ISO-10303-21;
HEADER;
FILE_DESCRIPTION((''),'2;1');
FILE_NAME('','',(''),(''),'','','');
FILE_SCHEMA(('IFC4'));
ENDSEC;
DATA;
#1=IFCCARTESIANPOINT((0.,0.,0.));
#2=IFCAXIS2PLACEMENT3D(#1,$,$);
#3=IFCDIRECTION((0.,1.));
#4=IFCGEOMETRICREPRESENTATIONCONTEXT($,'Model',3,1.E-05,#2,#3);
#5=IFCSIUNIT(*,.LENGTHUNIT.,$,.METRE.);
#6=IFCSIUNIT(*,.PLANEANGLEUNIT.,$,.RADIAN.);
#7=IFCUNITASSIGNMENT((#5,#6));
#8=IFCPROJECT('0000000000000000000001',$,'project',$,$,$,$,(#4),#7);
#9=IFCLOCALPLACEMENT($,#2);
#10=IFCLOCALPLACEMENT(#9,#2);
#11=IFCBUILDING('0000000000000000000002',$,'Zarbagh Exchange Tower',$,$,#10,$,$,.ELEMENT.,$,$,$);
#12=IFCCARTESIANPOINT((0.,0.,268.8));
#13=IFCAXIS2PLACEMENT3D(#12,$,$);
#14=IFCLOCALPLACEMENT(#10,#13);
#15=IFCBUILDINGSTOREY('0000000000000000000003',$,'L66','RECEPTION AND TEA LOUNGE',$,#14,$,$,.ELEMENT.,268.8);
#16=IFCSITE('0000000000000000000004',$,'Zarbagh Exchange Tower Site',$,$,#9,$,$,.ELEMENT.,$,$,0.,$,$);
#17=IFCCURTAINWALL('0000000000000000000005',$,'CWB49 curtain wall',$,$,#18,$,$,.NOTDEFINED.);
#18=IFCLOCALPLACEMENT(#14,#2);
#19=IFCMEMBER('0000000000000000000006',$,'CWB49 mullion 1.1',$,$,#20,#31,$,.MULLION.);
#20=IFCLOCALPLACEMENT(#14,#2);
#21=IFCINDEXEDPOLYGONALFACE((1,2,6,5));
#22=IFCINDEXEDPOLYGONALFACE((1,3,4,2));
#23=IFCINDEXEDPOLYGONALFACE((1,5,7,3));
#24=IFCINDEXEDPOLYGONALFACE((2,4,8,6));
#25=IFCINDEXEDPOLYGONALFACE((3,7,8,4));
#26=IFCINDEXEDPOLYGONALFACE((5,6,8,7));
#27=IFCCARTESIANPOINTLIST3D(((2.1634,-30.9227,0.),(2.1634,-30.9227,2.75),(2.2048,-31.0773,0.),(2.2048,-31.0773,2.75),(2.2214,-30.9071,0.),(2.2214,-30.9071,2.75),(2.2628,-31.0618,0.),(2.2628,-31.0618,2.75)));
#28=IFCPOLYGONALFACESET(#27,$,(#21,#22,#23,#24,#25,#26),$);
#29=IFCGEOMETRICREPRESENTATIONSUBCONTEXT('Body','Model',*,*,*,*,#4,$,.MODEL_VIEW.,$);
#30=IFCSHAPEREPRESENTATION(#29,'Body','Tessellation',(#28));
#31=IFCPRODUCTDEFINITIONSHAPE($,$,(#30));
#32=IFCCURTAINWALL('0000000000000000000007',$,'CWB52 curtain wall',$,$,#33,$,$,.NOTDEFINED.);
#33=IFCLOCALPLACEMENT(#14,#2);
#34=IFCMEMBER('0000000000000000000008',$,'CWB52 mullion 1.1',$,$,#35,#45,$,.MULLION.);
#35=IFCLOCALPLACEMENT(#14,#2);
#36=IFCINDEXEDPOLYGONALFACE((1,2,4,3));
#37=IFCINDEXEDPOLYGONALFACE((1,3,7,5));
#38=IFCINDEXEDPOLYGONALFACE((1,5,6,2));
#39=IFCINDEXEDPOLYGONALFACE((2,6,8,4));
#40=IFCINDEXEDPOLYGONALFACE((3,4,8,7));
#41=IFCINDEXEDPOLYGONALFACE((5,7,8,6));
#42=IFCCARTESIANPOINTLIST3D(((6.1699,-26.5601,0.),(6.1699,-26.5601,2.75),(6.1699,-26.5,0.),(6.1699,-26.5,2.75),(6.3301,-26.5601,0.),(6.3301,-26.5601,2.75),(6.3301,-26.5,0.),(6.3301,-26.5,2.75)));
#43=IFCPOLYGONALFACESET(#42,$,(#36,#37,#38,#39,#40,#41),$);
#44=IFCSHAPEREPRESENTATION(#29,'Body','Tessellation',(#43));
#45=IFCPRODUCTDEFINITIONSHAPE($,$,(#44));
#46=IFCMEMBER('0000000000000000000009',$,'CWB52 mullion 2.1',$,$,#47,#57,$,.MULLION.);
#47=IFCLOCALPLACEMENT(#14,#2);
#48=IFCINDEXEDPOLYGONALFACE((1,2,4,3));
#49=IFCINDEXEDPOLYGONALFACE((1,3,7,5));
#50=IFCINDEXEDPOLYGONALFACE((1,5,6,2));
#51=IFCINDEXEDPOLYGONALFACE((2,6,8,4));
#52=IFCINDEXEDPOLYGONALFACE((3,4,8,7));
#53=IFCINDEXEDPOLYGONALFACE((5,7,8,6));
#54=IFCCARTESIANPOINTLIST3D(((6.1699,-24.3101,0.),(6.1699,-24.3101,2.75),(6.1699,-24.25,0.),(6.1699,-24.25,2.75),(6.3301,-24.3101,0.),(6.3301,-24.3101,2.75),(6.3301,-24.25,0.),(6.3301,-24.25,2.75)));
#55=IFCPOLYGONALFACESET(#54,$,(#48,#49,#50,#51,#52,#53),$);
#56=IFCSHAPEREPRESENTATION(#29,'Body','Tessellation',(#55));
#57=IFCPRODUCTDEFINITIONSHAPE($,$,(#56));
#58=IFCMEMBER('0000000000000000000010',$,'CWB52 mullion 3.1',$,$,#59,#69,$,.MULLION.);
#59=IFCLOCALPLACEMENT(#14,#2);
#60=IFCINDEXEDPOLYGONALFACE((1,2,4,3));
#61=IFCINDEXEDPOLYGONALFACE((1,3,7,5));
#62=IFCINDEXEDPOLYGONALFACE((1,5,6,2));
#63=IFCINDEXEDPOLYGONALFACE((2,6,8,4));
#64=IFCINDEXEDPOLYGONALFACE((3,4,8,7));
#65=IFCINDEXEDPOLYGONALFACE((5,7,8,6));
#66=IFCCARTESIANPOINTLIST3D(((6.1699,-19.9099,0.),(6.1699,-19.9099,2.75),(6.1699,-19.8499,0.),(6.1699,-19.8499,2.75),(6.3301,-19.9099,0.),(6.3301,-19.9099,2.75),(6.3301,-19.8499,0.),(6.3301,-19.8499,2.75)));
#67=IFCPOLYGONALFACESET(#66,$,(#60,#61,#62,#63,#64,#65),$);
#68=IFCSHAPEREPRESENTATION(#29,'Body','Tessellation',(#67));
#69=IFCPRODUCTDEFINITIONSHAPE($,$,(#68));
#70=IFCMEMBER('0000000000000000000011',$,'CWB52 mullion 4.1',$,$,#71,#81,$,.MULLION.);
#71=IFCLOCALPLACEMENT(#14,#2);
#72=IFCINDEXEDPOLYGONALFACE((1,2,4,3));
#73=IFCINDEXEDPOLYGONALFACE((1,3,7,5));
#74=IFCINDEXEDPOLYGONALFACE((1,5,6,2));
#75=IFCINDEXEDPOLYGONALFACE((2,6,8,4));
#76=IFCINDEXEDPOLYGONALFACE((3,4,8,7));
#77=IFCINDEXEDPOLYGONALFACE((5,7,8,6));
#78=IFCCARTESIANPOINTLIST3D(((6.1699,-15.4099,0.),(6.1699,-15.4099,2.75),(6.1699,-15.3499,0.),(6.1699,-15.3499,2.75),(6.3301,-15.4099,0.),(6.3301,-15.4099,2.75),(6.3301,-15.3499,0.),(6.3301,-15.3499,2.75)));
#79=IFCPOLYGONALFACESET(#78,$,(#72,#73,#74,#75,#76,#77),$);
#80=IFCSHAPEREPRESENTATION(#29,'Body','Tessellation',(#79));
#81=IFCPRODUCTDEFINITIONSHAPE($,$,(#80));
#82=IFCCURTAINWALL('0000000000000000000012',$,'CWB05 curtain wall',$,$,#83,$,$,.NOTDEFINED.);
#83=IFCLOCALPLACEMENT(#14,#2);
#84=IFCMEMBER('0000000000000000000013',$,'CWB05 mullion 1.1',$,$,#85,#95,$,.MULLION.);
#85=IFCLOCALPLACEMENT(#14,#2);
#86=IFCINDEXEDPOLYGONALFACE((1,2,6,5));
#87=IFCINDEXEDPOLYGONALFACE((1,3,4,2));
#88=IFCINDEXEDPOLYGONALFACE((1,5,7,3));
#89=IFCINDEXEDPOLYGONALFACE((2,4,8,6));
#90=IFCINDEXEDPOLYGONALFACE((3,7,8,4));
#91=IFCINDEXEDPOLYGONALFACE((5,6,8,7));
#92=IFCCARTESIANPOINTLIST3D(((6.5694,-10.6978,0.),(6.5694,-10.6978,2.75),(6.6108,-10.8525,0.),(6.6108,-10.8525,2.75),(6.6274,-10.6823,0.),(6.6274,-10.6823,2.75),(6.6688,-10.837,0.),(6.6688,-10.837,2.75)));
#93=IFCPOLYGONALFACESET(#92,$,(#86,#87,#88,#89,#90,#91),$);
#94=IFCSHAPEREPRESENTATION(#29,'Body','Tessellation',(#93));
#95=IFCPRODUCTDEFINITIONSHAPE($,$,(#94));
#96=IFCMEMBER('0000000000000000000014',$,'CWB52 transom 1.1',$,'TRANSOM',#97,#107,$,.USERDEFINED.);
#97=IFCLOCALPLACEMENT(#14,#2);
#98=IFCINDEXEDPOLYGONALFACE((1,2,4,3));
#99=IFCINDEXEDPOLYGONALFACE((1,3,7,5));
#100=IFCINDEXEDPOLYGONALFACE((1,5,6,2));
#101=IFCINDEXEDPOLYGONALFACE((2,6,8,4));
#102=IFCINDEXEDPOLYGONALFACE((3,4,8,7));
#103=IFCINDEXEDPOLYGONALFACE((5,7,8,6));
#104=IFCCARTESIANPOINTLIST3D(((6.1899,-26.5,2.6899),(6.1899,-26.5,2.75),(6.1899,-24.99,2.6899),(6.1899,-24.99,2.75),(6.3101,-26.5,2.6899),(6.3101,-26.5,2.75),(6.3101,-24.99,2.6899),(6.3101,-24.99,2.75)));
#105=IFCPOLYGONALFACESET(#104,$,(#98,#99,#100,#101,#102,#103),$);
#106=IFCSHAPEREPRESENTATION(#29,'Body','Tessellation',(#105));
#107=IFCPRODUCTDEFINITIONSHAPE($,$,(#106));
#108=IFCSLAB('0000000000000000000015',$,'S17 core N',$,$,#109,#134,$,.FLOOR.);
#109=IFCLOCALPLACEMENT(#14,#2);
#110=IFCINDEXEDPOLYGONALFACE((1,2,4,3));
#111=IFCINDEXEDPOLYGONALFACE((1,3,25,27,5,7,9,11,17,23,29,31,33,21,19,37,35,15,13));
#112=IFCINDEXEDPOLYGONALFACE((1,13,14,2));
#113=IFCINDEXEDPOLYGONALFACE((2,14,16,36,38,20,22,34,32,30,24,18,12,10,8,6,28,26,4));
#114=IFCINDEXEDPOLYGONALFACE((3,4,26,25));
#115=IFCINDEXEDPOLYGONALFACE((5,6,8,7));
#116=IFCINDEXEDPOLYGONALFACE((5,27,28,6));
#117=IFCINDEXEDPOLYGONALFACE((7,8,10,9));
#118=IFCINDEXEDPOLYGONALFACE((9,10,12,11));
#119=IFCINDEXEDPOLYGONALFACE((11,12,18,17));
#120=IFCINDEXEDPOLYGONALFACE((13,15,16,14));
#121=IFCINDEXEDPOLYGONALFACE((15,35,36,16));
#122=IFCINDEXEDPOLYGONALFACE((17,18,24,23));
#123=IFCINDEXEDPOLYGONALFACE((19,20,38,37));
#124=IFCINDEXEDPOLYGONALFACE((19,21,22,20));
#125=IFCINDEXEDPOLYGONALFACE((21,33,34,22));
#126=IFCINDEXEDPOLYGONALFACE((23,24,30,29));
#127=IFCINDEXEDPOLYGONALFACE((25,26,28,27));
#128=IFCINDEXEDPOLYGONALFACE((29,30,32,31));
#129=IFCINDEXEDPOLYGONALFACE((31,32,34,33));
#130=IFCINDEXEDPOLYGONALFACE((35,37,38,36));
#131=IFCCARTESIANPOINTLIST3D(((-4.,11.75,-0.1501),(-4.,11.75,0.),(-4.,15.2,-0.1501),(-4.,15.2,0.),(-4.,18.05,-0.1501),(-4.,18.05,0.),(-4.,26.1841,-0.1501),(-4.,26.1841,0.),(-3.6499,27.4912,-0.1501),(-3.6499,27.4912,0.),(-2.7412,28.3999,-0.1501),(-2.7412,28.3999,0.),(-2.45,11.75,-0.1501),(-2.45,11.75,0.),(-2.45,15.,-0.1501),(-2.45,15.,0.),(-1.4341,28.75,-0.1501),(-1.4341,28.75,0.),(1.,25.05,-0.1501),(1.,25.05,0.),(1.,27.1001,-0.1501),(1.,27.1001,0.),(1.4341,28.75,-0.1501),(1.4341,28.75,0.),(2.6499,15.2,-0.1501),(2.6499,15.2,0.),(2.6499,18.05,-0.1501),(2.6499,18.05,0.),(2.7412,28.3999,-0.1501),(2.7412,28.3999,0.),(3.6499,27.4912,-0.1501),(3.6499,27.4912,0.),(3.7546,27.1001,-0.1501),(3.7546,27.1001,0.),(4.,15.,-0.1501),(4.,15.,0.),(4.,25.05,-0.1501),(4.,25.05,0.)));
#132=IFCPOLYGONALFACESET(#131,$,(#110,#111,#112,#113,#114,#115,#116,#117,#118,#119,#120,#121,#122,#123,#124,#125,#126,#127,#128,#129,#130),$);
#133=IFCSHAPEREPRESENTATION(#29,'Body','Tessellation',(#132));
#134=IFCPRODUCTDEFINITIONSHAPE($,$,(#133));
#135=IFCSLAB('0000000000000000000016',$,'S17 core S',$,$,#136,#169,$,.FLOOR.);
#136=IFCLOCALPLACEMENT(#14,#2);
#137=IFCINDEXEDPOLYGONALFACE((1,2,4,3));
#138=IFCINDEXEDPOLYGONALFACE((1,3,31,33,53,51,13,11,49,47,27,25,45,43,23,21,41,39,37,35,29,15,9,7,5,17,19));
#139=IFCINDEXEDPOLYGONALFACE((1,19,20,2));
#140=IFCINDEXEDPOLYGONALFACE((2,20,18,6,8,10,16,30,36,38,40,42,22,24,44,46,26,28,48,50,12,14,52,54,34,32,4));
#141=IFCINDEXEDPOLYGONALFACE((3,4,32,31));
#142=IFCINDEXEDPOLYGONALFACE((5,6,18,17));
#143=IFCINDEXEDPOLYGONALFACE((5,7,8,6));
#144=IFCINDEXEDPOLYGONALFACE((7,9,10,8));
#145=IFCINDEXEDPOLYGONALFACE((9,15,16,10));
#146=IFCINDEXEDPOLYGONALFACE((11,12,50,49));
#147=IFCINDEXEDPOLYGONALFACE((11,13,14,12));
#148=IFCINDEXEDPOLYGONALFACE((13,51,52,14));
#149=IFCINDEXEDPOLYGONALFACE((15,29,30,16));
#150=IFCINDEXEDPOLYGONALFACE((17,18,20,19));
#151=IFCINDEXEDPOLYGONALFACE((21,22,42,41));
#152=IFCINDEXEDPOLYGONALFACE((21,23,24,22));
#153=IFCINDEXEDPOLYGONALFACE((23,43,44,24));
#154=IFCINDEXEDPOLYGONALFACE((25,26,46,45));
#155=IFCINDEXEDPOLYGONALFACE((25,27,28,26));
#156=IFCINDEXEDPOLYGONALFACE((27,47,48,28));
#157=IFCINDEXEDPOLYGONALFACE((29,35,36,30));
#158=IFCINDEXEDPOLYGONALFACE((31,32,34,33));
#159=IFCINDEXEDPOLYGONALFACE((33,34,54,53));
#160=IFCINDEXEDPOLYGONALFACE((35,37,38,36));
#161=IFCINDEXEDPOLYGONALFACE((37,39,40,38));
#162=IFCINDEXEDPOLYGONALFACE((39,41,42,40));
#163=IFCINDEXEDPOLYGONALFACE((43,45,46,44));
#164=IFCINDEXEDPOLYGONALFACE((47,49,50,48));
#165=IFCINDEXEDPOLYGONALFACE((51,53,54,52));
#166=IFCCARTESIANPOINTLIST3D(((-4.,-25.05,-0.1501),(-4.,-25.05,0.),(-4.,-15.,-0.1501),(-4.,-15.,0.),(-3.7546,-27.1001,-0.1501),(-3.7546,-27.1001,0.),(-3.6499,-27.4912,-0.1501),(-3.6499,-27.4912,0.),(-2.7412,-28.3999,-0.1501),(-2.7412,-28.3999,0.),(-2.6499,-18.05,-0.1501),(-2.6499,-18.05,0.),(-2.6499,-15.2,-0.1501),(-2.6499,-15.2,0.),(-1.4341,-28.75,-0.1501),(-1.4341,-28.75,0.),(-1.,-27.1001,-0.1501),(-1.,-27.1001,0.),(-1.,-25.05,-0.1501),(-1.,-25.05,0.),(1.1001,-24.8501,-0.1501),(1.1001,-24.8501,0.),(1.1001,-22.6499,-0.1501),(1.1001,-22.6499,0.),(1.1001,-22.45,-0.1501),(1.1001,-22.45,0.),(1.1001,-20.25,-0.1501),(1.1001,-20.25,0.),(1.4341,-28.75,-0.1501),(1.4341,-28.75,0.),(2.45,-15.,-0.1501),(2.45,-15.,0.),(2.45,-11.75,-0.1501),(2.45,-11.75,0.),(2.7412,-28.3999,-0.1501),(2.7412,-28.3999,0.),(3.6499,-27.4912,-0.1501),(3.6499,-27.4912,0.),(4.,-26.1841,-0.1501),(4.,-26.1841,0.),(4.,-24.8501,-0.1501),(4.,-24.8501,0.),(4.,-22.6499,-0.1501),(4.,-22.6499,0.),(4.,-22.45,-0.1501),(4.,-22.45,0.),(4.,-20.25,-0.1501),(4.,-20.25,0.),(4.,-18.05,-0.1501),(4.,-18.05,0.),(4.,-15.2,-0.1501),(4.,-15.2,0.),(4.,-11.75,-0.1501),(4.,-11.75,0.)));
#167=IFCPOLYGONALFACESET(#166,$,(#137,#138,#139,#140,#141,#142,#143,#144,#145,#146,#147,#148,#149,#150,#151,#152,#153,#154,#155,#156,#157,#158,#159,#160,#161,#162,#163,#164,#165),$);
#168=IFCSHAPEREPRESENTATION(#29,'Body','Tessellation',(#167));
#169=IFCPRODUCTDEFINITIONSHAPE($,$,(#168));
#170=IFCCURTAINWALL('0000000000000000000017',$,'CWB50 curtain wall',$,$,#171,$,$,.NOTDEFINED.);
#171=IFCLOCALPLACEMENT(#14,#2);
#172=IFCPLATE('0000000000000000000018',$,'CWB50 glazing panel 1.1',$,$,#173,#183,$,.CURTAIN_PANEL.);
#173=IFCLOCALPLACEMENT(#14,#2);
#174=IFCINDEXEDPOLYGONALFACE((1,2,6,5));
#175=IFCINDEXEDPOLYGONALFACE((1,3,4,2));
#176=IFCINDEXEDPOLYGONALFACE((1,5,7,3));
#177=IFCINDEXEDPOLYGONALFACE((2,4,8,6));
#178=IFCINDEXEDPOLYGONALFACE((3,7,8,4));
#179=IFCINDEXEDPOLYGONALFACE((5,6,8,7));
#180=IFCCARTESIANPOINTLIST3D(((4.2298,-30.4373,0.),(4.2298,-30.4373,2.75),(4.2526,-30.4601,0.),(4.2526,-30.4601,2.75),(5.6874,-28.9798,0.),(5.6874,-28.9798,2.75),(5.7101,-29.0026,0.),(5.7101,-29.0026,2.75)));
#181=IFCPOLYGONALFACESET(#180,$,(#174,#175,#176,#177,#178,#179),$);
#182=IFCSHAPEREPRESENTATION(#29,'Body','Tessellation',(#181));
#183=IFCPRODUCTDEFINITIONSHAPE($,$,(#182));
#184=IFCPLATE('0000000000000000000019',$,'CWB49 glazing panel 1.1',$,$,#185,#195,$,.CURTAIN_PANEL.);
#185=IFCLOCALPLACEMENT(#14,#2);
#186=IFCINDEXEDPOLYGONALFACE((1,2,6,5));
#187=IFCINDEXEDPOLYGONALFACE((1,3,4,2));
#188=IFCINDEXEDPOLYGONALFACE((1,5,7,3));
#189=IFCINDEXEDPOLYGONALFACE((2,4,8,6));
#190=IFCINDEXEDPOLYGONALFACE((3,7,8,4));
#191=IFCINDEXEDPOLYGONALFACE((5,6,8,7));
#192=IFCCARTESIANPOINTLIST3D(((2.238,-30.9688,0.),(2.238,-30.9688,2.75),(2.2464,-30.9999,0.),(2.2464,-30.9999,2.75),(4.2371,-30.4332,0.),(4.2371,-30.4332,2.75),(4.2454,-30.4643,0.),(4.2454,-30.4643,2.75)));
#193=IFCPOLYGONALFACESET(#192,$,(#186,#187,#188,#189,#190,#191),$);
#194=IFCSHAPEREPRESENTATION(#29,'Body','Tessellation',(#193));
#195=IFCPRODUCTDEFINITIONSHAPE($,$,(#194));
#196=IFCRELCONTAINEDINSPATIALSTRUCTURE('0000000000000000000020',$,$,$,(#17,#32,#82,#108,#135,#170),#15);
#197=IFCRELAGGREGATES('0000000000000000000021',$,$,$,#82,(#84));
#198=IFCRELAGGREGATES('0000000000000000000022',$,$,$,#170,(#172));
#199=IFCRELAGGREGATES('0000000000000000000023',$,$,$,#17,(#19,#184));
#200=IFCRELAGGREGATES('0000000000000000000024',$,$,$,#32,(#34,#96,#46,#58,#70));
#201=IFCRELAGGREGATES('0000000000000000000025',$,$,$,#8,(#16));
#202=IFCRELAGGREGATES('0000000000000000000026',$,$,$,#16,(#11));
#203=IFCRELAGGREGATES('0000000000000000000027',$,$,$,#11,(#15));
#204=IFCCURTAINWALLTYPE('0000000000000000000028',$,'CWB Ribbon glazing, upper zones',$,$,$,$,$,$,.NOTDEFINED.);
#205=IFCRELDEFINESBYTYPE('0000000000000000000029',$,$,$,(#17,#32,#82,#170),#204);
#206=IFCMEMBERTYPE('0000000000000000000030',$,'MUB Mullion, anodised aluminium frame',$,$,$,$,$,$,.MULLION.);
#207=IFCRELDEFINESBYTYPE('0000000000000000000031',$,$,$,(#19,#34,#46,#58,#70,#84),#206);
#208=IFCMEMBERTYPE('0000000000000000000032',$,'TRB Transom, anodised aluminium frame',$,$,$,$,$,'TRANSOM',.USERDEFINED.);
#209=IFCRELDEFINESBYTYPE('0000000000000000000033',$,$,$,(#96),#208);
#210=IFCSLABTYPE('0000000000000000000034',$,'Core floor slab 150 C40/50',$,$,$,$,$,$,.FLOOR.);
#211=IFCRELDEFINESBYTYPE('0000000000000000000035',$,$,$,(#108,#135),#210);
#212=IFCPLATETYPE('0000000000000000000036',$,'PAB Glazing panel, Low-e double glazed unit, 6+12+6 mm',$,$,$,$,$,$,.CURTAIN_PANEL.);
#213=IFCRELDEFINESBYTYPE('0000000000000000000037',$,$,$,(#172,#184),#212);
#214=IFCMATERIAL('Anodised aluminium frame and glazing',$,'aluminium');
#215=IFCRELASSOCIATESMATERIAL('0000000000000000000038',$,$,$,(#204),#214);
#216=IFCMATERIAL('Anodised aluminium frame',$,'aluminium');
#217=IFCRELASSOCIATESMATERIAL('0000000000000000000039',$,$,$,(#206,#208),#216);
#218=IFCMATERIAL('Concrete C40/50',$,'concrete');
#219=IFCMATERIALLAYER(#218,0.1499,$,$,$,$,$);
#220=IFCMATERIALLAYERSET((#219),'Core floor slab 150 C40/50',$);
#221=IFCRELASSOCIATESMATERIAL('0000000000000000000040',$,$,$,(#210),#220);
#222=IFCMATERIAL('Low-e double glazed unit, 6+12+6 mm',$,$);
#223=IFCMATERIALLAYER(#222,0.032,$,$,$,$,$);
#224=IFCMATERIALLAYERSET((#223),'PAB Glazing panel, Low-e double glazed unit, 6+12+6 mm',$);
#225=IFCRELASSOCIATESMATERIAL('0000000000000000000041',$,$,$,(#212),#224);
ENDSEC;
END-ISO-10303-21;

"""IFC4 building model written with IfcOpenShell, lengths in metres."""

from ifc_helpers import new_model, si_unit, direction, frame, origin, place, context, subcontext, project, spatial, polyline, outline, extrude, source, transform, mapped, material, layer, layer_set, type_object, element, aggregate, save


model = new_model("IFC4")

# Units and contexts
model_context = context("Model", 3, precision=1e-05, world=origin(), true_north=direction((0.0, 1.0)))
body_context = subcontext(model_context, "Body", "Model", "MODEL_VIEW")
ifc_project = project(units=[si_unit("LENGTHUNIT", "METRE"), si_unit("PLANEANGLEUNIT", "RADIAN")], contexts=[model_context])

# Site, building, storey
site_placement = place(None, origin())
site = spatial("IfcSite", under=ifc_project, at=site_placement, Name="Zarbagh Exchange Tower Site", CompositionType="ELEMENT", RefElevation=0.0)
building_placement = place(site_placement, origin())
building = spatial("IfcBuilding", under=site, at=building_placement, Name="Zarbagh Exchange Tower", CompositionType="ELEMENT")
storey_placement = place(building_placement, frame((0.0, 0.0, 268.8)))
storey = spatial("IfcBuildingStorey", under=building, at=storey_placement, Name="L66", Description="RECEPTION AND TEA LOUNGE", CompositionType="ELEMENT", Elevation=268.8)

# Curtain wall, member
ifc_material_1 = material(Name="Anodised aluminium frame and glazing", Category="aluminium")
curtain_wall_type = type_object("IfcCurtainWallType", Name="CWB Ribbon glazing, upper zones", PredefinedType="NOTDEFINED", material=ifc_material_1)
curtain_wall_1_placement = place(storey_placement, origin())
curtain_wall_1 = element("IfcCurtainWall", 1, at=curtain_wall_1_placement, inside=storey, type_object=curtain_wall_type, Name="CWB49 curtain wall", PredefinedType="NOTDEFINED")
ifc_material_2 = material(Name="Anodised aluminium frame", Category="aluminium")
member_type_1 = type_object("IfcMemberType", Name="MUB Mullion, anodised aluminium frame", PredefinedType="MULLION", material=ifc_material_2)
shared_shape_1 = source(origin(), body_context, "Body", "SweptSolid", [
    extrude(outline(polyline([(0.0, -0.0801), (0.0601, -0.0801), (0.0601, 0.0801), (0.0, 0.0801), (0.0, -0.0801)])), origin(), (0.0, 0.0, 1.0), 2.75),
])
placement = place(storey_placement, origin())
member_1 = element("IfcMember", 2, at=placement, type_object=member_type_1, Name="CWB49 mullion 1.1", PredefinedType="MULLION", context=body_context, shape_type="MappedRepresentation", body=[
    mapped(shared_shape_1, transform((2.1841, -31.0, 0.0), x_axis=(0.965924, 0.258825, 0.0), y_axis=(-0.258825, 0.965924, 0.0), z_axis=(0.0, 0.0, 1.0))),
])

# Curtain wall, members
curtain_wall_2_placement = place(storey_placement, origin())
curtain_wall_2 = element("IfcCurtainWall", 3, at=curtain_wall_2_placement, inside=storey, type_object=curtain_wall_type, Name="CWB52 curtain wall", PredefinedType="NOTDEFINED")
member_2 = element("IfcMember", 4, at=placement, type_object=member_type_1, Name="CWB52 mullion 1.1", PredefinedType="MULLION", context=body_context, shape_type="MappedRepresentation", body=[
    mapped(shared_shape_1, transform((6.25, -26.5601, 0.0), x_axis=(0.0, 1.0, 0.0), y_axis=(-1.0, 0.0, 0.0), z_axis=(0.0, 0.0, 1.0))),
])
member_3 = element("IfcMember", 5, at=placement, type_object=member_type_1, Name="CWB52 mullion 2.1", PredefinedType="MULLION", context=body_context, shape_type="MappedRepresentation", body=[
    mapped(shared_shape_1, transform((6.25, -24.3101, 0.0), x_axis=(0.0, 1.0, 0.0), y_axis=(-1.0, 0.0, 0.0), z_axis=(0.0, 0.0, 1.0))),
])
member_4 = element("IfcMember", 6, at=placement, type_object=member_type_1, Name="CWB52 mullion 3.1", PredefinedType="MULLION", context=body_context, shape_type="MappedRepresentation", body=[
    mapped(shared_shape_1, transform((6.25, -19.9099, 0.0), x_axis=(0.0, 1.0, 0.0), y_axis=(-1.0, 0.0, 0.0), z_axis=(0.0, 0.0, 1.0))),
])
member_5 = element("IfcMember", 7, at=placement, type_object=member_type_1, Name="CWB52 mullion 4.1", PredefinedType="MULLION", context=body_context, shape_type="MappedRepresentation", body=[
    mapped(shared_shape_1, transform((6.25, -15.4099, 0.0), x_axis=(0.0, 1.0, 0.0), y_axis=(-1.0, 0.0, 0.0), z_axis=(0.0, 0.0, 1.0))),
])

# Curtain wall, member
curtain_wall_3_placement = place(storey_placement, origin())
curtain_wall_3 = element("IfcCurtainWall", 8, at=curtain_wall_3_placement, inside=storey, type_object=curtain_wall_type, Name="CWB05 curtain wall", PredefinedType="NOTDEFINED")
member_6 = element("IfcMember", 9, at=placement, type_object=member_type_1, Name="CWB05 mullion 1.1", PredefinedType="MULLION", context=body_context, shape_type="MappedRepresentation", body=[
    mapped(shared_shape_1, transform((6.5901, -10.7751, 0.0), x_axis=(0.965924, 0.258825, 0.0), y_axis=(-0.258825, 0.965924, 0.0), z_axis=(0.0, 0.0, 1.0))),
])
aggregate(curtain_wall_3, [member_6])

# Member
member_type_2 = type_object("IfcMemberType", Name="TRB Transom, anodised aluminium frame", ElementType="TRANSOM", PredefinedType="USERDEFINED", material=ifc_material_2)
shared_shape_2 = source(origin(), body_context, "Body", "SweptSolid", [
    extrude(outline(polyline([(-0.0601, -0.0601), (0.0, -0.0601), (0.0, 0.0601), (-0.0601, 0.0601), (-0.0601, -0.0601)])), origin(), (0.0, 0.0, 1.0), 1.51),
])
member_7 = element("IfcMember", 10, at=placement, type_object=member_type_2, Name="CWB52 transom 1.1", ObjectType="TRANSOM", PredefinedType="USERDEFINED", context=body_context, shape_type="MappedRepresentation", body=[
    mapped(shared_shape_2, transform((6.25, -26.5, 2.75), x_axis=(0.0, 0.0, 1.0), y_axis=(1.0, 0.0, 0.0), z_axis=(0.0, 1.0, 0.0))),
])

# Slabs
ifc_material_3 = material(Name="Concrete C40/50", Category="concrete")
ifc_layer_1 = layer(ifc_material_3, 0.1499)
ifc_layer_set_1 = layer_set([ifc_layer_1], Name="Core floor slab 150 C40/50")
slab_type = type_object("IfcSlabType", Name="Core floor slab 150 C40/50", PredefinedType="FLOOR", material=ifc_layer_set_1)
slab_1_placement = place(storey_placement, frame((0.0, 0.0, -0.1501)))
element("IfcSlab", 11, at=slab_1_placement, inside=storey, type_object=slab_type, Name="S17 core N", PredefinedType="FLOOR", context=body_context, shape_type="SweptSolid", body=[
    extrude(outline(polyline([(-4.0, 11.75), (-4.0, 15.2), (2.6499, 15.2), (2.6499, 18.05), (-4.0, 18.05), (-4.0, 26.1841), (-3.6499, 27.4912), (-2.7412, 28.3999), (-1.4341, 28.75), (1.4341, 28.75), (2.7412, 28.3999), (3.6499, 27.4912), (3.8577, 26.7151), (3.7546, 27.1001), (1.0, 27.1001), (1.0, 25.05), (4.0, 25.05), (4.0, 15.0), (-2.45, 15.0), (-2.45, 11.75), (-4.0, 11.75)])), origin(), (0.0, 0.0, 1.0), 0.1501),
])
slab_2_placement = place(storey_placement, frame((0.0, 0.0, -0.1501)))
element("IfcSlab", 12, at=slab_2_placement, inside=storey, type_object=slab_type, Name="S17 core S", PredefinedType="FLOOR", context=body_context, shape_type="SweptSolid", body=[
    extrude(outline(polyline([(-2.7412, -28.3999), (-3.6499, -27.4912), (-3.8577, -26.7151), (-3.7546, -27.1001), (-1.0, -27.1001), (-1.0, -25.05), (-4.0, -25.05), (-4.0, -15.0), (2.45, -15.0), (2.45, -11.75), (4.0, -11.75), (4.0, -15.2), (-2.6499, -15.2), (-2.6499, -18.05), (4.0, -18.05), (4.0, -20.25), (1.1001, -20.25), (1.1001, -22.45), (4.0, -22.45), (4.0, -22.6499), (1.1001, -22.6499), (1.1001, -24.8501), (4.0, -24.8501), (4.0, -26.1841), (3.6499, -27.4912), (2.7412, -28.3999), (1.4341, -28.75), (-1.4341, -28.75), (-2.7412, -28.3999)])), origin(), (0.0, 0.0, 1.0), 0.1501),
])

# Curtain wall, plate
curtain_wall_4_placement = place(storey_placement, origin())
curtain_wall_4 = element("IfcCurtainWall", 13, at=curtain_wall_4_placement, inside=storey, type_object=curtain_wall_type, Name="CWB50 curtain wall", PredefinedType="NOTDEFINED")
ifc_material_4 = material(Name="Low-e double glazed unit, 6+12+6 mm")
ifc_layer_2 = layer(ifc_material_4, 0.032)
ifc_layer_set_2 = layer_set([ifc_layer_2], Name="PAB Glazing panel, Low-e double glazed unit, 6+12+6 mm")
plate_type = type_object("IfcPlateType", Name="PAB Glazing panel, Low-e double glazed unit, 6+12+6 mm", PredefinedType="CURTAIN_PANEL", material=ifc_layer_set_2)
shared_shape_3 = source(origin(), body_context, "Body", "SweptSolid", [
    extrude(outline(polyline([(0.0, -0.0161), (2.0613, -0.0161), (2.0613, 0.0161), (0.0, 0.0161), (0.0, -0.0161)])), origin(), (0.0, 0.0, 1.0), 2.75),
])
plate_1 = element("IfcPlate", 14, at=placement, type_object=plate_type, Name="CWB50 glazing panel 1.1", PredefinedType="CURTAIN_PANEL", context=body_context, shape_type="MappedRepresentation", body=[
    mapped(shared_shape_3, transform((4.2412, -30.4487, 0.0), x_axis=(0.707107, 0.707107, 0.0), y_axis=(-0.707107, 0.707107, 0.0), z_axis=(0.0, 0.0, 1.0))),
])
aggregate(curtain_wall_4, [plate_1])

# Plate
shared_shape_4 = source(origin(), body_context, "Body", "SweptSolid", [
    extrude(outline(polyline([(0.0, -0.0161), (2.0696, -0.0161), (2.0696, 0.0161), (0.0, 0.0161), (0.0, -0.0161)])), origin(), (0.0, 0.0, 1.0), 2.75),
])
plate_2 = element("IfcPlate", 15, at=placement, type_object=plate_type, Name="CWB49 glazing panel 1.1", PredefinedType="CURTAIN_PANEL", context=body_context, shape_type="MappedRepresentation", body=[
    mapped(shared_shape_4, transform((2.2422, -30.9844, 0.0), x_axis=(0.965924, 0.258825, 0.0), y_axis=(-0.258825, 0.965924, 0.0), z_axis=(0.0, 0.0, 1.0))),
])
aggregate(curtain_wall_1, [member_1, plate_2])

aggregate(curtain_wall_2, [member_2, member_7, member_3, member_4, member_5])

save(model, "model.ifc")
